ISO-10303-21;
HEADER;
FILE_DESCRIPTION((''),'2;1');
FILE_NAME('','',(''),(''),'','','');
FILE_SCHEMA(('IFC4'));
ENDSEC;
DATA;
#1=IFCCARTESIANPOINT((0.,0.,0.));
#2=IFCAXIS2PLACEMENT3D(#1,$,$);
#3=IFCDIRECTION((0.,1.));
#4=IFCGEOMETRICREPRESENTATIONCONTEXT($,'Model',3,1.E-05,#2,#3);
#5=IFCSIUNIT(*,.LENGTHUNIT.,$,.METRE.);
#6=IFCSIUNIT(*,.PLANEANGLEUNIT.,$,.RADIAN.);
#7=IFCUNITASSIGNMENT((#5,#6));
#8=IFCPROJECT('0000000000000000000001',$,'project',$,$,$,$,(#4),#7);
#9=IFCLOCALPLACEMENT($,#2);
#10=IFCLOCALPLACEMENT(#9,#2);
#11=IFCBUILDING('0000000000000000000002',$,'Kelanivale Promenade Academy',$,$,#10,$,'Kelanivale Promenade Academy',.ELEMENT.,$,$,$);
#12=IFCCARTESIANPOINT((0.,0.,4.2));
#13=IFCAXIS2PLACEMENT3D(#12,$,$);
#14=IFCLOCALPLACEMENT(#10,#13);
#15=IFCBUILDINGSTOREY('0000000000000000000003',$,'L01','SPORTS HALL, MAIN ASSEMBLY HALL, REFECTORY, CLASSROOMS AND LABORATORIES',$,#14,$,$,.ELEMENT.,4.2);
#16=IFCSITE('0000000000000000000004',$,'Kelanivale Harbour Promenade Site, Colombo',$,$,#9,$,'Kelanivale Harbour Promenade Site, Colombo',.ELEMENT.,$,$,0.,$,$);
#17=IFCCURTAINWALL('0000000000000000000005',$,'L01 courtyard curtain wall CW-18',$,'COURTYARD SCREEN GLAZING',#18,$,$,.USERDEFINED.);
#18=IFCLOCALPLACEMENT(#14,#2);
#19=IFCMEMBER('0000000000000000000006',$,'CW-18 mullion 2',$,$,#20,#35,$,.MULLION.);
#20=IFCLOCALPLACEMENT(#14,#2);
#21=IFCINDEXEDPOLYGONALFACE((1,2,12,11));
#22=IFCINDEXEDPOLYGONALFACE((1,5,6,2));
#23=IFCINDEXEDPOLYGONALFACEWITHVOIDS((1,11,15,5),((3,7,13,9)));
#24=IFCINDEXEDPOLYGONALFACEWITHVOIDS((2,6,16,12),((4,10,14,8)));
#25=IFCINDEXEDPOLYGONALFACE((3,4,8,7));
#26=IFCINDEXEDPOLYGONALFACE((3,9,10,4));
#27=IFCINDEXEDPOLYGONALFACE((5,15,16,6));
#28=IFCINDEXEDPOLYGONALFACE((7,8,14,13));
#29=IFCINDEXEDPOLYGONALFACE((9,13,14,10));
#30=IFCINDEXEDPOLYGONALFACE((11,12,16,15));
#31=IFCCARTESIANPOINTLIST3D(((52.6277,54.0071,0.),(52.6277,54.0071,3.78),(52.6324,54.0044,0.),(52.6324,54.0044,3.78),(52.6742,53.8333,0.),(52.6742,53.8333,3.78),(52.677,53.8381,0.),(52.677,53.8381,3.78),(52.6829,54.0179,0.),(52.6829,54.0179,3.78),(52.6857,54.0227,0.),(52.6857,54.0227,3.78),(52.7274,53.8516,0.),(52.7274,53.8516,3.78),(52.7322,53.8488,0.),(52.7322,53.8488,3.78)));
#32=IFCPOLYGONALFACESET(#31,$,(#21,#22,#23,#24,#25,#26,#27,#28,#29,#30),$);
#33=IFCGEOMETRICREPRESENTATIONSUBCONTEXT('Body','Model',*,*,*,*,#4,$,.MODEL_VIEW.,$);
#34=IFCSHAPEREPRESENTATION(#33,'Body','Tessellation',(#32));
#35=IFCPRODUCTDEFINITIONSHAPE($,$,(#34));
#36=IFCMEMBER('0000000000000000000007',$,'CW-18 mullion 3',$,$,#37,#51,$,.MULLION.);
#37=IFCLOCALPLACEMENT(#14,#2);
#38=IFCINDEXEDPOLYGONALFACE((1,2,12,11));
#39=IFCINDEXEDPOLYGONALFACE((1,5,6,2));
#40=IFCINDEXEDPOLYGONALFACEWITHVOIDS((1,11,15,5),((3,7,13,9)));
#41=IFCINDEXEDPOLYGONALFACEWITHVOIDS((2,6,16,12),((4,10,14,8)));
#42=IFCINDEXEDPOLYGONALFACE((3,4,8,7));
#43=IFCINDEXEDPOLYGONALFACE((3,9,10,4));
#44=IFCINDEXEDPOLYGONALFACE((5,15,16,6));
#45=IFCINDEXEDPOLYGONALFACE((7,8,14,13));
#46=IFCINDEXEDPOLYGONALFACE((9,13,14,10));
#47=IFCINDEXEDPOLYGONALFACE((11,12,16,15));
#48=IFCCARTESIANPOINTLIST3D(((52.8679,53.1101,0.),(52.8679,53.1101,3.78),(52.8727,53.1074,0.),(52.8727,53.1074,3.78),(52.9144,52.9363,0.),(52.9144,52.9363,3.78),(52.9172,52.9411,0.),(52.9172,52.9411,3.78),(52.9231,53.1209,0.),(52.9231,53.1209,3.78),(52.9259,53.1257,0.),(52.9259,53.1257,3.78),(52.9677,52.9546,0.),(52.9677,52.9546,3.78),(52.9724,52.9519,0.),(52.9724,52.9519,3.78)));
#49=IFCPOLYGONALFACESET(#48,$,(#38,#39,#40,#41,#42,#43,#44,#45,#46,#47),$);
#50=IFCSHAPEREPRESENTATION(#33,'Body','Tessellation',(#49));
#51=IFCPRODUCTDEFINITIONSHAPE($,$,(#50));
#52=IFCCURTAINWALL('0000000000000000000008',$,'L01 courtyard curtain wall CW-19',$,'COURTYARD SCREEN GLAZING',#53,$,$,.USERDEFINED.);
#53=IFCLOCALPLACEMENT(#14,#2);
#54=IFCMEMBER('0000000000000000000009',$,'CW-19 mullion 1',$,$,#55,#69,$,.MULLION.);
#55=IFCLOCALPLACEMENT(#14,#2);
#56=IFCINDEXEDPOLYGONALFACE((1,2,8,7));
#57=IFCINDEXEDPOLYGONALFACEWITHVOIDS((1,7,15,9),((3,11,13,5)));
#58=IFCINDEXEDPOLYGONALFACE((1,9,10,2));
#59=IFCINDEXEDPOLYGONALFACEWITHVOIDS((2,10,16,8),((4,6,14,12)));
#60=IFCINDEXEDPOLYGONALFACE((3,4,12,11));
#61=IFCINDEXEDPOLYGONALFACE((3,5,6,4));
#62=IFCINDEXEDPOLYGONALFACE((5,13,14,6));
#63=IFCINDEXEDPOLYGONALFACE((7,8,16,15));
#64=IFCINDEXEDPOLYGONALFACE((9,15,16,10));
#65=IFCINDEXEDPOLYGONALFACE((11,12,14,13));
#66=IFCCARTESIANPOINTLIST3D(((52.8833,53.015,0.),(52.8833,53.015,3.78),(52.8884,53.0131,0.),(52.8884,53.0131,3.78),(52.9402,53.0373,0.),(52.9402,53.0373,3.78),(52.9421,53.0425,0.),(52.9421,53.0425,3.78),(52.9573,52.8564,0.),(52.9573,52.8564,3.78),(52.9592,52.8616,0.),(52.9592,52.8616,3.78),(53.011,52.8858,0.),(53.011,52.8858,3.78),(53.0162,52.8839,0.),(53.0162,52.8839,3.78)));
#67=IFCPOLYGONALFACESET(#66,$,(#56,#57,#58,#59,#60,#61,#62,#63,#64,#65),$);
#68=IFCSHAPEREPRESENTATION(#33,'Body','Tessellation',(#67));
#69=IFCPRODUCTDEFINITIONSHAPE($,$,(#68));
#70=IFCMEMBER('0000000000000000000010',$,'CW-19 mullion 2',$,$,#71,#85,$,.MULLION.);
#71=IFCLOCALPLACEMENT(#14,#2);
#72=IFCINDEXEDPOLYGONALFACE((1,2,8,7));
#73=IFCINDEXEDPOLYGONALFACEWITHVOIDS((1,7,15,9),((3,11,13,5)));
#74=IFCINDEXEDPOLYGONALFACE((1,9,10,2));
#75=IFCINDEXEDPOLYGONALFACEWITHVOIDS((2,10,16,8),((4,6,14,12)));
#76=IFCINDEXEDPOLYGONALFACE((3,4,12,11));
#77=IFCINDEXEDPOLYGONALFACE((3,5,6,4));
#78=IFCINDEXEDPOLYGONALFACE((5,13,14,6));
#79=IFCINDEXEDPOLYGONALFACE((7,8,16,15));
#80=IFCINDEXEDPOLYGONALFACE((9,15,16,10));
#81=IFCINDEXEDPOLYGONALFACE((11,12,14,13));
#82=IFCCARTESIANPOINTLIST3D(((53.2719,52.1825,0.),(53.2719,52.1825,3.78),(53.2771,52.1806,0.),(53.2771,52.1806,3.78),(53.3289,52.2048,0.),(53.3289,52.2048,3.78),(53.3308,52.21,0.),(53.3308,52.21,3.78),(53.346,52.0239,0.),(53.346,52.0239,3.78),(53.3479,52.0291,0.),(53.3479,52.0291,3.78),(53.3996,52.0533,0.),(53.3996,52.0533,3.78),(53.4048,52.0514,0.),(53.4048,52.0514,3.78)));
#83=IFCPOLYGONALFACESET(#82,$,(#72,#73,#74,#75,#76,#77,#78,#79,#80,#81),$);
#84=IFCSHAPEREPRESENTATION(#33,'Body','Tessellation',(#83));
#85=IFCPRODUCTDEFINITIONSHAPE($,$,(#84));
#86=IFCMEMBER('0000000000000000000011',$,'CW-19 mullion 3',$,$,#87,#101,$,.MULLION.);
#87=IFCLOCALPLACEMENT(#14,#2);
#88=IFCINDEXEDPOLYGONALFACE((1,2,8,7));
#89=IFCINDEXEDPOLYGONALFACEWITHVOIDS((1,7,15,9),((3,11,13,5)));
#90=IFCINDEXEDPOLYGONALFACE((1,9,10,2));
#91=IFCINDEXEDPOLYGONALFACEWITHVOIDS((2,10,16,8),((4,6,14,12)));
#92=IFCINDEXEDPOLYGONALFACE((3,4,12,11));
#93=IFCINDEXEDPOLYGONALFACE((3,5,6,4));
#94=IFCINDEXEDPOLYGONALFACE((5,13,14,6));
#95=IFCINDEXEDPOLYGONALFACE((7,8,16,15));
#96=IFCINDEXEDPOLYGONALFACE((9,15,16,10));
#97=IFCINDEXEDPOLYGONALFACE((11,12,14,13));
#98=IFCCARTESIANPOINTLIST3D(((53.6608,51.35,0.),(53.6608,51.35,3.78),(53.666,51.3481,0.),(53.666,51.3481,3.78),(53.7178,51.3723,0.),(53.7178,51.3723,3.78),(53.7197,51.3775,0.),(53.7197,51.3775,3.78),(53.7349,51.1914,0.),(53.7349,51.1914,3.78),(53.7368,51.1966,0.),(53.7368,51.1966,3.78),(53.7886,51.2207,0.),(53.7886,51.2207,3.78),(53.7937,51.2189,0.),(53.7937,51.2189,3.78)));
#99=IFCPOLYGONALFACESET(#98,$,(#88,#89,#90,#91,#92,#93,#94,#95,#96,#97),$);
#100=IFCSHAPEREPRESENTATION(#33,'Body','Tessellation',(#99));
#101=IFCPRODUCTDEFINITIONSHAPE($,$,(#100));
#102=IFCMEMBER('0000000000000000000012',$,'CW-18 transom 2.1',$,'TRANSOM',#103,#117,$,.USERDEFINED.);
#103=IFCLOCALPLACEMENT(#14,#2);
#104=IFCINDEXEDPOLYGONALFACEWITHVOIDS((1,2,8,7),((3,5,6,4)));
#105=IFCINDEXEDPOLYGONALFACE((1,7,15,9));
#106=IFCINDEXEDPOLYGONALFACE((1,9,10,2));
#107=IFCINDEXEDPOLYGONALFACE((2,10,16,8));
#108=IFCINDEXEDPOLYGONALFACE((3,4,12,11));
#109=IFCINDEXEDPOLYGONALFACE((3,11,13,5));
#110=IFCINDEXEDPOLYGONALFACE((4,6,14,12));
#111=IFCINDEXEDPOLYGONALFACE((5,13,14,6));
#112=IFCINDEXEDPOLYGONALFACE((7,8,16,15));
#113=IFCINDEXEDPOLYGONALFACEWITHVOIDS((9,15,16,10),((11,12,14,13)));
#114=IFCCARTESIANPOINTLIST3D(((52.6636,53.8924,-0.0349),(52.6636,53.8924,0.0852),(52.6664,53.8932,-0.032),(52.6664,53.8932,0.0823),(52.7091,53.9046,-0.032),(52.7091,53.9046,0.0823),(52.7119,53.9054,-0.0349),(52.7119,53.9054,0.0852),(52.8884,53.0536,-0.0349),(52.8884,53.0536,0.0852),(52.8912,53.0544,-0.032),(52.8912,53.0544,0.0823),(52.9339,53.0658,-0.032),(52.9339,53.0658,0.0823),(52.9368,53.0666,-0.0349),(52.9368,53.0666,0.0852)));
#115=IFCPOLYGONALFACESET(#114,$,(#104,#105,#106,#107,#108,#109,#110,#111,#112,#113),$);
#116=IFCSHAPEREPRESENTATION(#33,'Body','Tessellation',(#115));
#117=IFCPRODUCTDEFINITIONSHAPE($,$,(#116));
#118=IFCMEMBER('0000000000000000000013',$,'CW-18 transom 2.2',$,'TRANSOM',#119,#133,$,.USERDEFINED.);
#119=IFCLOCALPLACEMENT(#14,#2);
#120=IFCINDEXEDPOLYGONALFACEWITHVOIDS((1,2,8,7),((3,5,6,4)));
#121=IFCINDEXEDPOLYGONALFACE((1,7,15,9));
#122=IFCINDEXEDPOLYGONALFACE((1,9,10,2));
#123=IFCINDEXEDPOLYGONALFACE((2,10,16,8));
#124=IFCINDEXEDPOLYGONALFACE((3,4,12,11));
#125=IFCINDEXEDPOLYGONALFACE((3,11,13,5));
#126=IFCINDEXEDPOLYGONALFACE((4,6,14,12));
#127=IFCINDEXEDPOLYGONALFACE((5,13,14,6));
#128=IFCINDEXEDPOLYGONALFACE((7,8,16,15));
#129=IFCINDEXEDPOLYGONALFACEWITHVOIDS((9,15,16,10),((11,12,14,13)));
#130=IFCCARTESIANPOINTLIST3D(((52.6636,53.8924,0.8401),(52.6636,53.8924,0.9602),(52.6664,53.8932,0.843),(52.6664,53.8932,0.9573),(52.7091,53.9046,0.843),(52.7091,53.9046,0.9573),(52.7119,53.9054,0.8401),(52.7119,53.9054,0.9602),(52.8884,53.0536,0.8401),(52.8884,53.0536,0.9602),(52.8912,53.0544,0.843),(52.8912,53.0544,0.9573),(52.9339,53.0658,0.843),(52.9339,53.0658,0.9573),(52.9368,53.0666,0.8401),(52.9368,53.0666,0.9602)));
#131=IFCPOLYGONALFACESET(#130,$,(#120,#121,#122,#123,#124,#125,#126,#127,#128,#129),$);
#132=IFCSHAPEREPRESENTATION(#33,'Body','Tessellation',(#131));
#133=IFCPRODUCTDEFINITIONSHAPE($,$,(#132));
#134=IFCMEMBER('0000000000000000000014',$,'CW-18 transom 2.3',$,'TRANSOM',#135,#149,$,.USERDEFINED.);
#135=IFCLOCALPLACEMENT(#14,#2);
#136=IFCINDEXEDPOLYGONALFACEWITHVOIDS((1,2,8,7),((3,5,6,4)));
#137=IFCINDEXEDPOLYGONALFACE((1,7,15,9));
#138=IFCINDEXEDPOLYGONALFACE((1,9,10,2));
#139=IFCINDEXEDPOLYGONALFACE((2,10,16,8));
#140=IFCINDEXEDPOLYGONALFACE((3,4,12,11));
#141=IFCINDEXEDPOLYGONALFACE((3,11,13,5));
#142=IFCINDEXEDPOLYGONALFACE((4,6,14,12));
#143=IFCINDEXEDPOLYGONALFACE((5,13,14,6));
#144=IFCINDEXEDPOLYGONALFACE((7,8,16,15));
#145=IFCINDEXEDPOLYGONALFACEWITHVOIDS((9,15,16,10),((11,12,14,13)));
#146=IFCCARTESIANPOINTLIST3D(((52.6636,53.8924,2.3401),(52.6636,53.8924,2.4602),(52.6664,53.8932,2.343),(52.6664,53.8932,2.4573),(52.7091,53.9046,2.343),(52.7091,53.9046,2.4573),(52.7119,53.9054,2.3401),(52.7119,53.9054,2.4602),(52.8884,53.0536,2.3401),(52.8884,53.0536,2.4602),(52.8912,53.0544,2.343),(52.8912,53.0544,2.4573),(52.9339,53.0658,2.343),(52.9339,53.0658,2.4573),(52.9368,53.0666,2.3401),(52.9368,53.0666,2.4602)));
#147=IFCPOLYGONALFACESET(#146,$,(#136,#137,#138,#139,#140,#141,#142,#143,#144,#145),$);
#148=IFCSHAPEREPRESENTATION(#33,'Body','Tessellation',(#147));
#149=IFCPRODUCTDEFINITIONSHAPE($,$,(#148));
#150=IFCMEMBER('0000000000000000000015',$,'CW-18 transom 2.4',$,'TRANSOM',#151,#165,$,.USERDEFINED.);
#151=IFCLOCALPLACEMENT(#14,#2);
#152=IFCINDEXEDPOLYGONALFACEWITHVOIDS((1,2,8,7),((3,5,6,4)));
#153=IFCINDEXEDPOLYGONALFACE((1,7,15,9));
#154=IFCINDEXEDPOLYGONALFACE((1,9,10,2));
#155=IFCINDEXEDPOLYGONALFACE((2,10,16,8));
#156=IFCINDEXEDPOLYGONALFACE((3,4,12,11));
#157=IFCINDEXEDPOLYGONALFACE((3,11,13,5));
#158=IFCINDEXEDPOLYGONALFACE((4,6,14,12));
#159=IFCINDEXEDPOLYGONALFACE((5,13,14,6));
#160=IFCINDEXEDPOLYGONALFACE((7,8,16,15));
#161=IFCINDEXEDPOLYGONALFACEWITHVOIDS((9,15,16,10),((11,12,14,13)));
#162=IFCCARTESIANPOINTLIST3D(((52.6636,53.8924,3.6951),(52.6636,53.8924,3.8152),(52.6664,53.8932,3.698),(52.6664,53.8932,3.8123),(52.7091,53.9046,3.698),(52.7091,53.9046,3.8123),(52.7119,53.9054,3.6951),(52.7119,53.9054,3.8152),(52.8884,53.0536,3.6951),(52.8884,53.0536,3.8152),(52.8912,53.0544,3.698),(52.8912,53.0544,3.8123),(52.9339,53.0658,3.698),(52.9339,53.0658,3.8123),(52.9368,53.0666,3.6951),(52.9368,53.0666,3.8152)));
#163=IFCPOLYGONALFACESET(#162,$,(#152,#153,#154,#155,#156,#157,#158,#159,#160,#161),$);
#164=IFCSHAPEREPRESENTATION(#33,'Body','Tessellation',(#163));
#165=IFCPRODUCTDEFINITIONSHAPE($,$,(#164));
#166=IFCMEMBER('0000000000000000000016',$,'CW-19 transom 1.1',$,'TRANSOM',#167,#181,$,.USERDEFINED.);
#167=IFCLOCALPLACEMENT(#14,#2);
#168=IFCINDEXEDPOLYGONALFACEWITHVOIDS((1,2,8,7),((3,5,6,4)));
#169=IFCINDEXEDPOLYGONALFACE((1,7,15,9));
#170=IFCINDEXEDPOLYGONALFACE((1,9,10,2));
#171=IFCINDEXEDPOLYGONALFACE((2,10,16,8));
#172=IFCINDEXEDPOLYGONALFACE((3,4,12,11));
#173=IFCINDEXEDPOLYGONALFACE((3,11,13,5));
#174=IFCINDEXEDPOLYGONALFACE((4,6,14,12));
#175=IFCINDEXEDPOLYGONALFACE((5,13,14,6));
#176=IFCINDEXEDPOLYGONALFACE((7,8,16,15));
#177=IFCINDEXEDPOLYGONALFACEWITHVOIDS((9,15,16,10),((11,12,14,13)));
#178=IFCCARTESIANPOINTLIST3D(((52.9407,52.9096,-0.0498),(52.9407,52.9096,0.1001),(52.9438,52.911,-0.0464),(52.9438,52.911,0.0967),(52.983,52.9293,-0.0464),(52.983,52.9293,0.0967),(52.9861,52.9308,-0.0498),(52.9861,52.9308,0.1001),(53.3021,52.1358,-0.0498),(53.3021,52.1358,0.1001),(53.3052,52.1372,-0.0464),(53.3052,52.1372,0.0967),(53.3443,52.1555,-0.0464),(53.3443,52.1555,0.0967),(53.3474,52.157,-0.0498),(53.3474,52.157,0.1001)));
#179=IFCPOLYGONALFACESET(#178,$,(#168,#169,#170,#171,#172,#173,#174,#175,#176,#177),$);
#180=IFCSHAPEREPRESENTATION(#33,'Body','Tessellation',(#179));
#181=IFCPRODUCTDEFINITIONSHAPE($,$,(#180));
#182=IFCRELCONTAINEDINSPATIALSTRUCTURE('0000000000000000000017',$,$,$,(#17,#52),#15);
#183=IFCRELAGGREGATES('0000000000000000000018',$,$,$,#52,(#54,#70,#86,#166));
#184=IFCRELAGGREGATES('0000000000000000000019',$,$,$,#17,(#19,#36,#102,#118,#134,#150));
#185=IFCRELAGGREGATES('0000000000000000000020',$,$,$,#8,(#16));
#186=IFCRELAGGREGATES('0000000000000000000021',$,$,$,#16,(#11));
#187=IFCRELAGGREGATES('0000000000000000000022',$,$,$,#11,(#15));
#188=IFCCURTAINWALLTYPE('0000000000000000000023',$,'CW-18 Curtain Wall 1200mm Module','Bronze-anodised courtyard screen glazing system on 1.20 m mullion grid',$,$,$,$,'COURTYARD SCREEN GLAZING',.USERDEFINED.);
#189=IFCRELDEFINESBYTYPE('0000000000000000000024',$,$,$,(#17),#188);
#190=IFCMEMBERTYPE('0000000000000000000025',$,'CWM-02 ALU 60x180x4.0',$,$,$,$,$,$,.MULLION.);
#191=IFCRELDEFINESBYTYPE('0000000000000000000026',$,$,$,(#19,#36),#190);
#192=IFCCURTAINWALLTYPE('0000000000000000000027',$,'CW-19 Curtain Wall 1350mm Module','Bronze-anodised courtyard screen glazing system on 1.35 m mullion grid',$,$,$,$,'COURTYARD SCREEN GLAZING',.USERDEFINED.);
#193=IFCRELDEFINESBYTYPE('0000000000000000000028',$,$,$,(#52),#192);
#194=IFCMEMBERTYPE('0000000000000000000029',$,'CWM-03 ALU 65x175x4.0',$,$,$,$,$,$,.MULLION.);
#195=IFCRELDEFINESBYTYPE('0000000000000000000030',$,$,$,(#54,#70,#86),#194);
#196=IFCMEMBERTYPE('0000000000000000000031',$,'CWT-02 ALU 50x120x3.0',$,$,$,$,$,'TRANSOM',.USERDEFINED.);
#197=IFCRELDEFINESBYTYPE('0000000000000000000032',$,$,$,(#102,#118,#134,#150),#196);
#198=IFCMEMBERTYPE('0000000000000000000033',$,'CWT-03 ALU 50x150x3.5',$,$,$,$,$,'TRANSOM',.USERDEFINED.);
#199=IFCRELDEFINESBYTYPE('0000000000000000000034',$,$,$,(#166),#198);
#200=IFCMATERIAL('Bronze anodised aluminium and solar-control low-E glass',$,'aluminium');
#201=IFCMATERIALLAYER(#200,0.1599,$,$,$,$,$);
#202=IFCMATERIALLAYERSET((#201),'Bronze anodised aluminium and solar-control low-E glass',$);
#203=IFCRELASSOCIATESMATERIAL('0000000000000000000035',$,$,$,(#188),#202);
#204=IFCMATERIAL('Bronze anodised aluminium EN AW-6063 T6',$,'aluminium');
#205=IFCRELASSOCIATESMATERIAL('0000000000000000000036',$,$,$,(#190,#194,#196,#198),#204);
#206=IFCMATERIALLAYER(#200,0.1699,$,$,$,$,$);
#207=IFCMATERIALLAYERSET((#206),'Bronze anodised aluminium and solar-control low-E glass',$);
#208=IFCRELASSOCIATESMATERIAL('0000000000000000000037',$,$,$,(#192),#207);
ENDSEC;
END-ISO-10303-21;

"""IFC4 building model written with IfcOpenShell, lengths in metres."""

from ifc_helpers import new_model, si_unit, direction, frame, origin, origin_2d, place, context, subcontext, project, spatial, hollow_rectangle, extrude, material, layer, layer_set, material_profile, profile_set, type_object, element, aggregate, save


model = new_model("IFC4")

# Units and contexts
model_context = context("Model", 3, precision=1e-05, world=origin(), true_north=direction((0.0, 1.0)))
body_context = subcontext(model_context, "Body", "Model", "MODEL_VIEW")
ifc_project = project(units=[si_unit("LENGTHUNIT", "METRE"), si_unit("PLANEANGLEUNIT", "RADIAN")], contexts=[model_context])

# Site, building, storey
site_placement = place(None, origin())
site = spatial("IfcSite", under=ifc_project, at=site_placement, Name="Kelanivale Harbour Promenade Site, Colombo", LongName="Kelanivale Harbour Promenade Site, Colombo", CompositionType="ELEMENT", RefElevation=0.0)
building_placement = place(site_placement, origin())
building = spatial("IfcBuilding", under=site, at=building_placement, Name="Kelanivale Promenade Academy", LongName="Kelanivale Promenade Academy", CompositionType="ELEMENT")
storey_placement = place(building_placement, frame((0.0, 0.0, 4.2)))
storey = spatial("IfcBuildingStorey", under=building, at=storey_placement, Name="L01", Description="SPORTS HALL, MAIN ASSEMBLY HALL, REFECTORY, CLASSROOMS AND LABORATORIES", CompositionType="ELEMENT", Elevation=4.2)

# Curtain walls, members
ifc_material_1 = material(Name="Bronze anodised aluminium and solar-control low-E glass", Category="aluminium")
ifc_layer_1 = layer(ifc_material_1, 0.1599)
ifc_layer_set_1 = layer_set([ifc_layer_1], Name="Bronze anodised aluminium and solar-control low-E glass")
curtain_wall_type_1 = type_object("IfcCurtainWallType", Name="CW-18 Curtain Wall 1200mm Module", Description="Bronze-anodised courtyard screen glazing system on 1.20 m mullion grid", ElementType="COURTYARD SCREEN GLAZING", PredefinedType="USERDEFINED", material=ifc_layer_set_1)
curtain_wall_1_placement = place(storey_placement, origin())
curtain_wall_1 = element("IfcCurtainWall", 1, at=curtain_wall_1_placement, inside=storey, type_object=curtain_wall_type_1, Name="L01 courtyard curtain wall CW-18", ObjectType="COURTYARD SCREEN GLAZING", PredefinedType="USERDEFINED")
ifc_material_2 = material(Name="Bronze anodised aluminium EN AW-6063 T6", Category="aluminium")
ifc_material_profile_1 = material_profile(ifc_material_2, hollow_rectangle(XDim=0.0601, YDim=0.1799, WallThickness=0.0039, at=origin_2d()), Name="ALU 60x180x4.0")
ifc_profile_set_1 = profile_set([ifc_material_profile_1], Name="Bronze anodised aluminium EN AW-6063 T6")
member_type_1 = type_object("IfcMemberType", Name="CWM-02 ALU 60x180x4.0", PredefinedType="MULLION", material=ifc_profile_set_1)
member_1_placement = place(storey_placement, frame((52.6799, 53.928, 0.0), z_axis=(0.0, 0.0, 1.0), x_axis=(0.965957, 0.258701, 0.0)))
member_1 = element("IfcMember", 2, at=member_1_placement, type_object=member_type_1, Name="CW-18 mullion 2", PredefinedType="MULLION", context=body_context, shape_type="SweptSolid", body=[
    extrude(hollow_rectangle(XDim=0.0601, YDim=0.1799, WallThickness=0.0039, at=origin_2d()), origin(), (0.0, 0.0, 1.0), 3.78),
])
member_2_placement = place(storey_placement, frame((52.9202, 53.031, 0.0), z_axis=(0.0, 0.0, 1.0), x_axis=(0.965957, 0.258701, 0.0)))
member_2 = element("IfcMember", 3, at=member_2_placement, type_object=member_type_1, Name="CW-18 mullion 3", PredefinedType="MULLION", context=body_context, shape_type="SweptSolid", body=[
    extrude(hollow_rectangle(XDim=0.0601, YDim=0.1799, WallThickness=0.0039, at=origin_2d()), origin(), (0.0, 0.0, 1.0), 3.78),
])
ifc_layer_2 = layer(ifc_material_1, 0.1699)
ifc_layer_set_2 = layer_set([ifc_layer_2], Name="Bronze anodised aluminium and solar-control low-E glass")
curtain_wall_type_2 = type_object("IfcCurtainWallType", Name="CW-19 Curtain Wall 1350mm Module", Description="Bronze-anodised courtyard screen glazing system on 1.35 m mullion grid", ElementType="COURTYARD SCREEN GLAZING", PredefinedType="USERDEFINED", material=ifc_layer_set_2)
curtain_wall_2_placement = place(storey_placement, origin())
curtain_wall_2 = element("IfcCurtainWall", 4, at=curtain_wall_2_placement, inside=storey, type_object=curtain_wall_type_2, Name="L01 courtyard curtain wall CW-19", ObjectType="COURTYARD SCREEN GLAZING", PredefinedType="USERDEFINED")
ifc_material_profile_2 = material_profile(ifc_material_2, hollow_rectangle(XDim=0.0649, YDim=0.175, WallThickness=0.0039, at=origin_2d()), Name="ALU 65x175x4.0")
ifc_profile_set_2 = profile_set([ifc_material_profile_2], Name="Bronze anodised aluminium EN AW-6063 T6")
member_type_2 = type_object("IfcMemberType", Name="CWM-03 ALU 65x175x4.0", PredefinedType="MULLION", material=ifc_profile_set_2)
member_3_placement = place(storey_placement, frame((52.9497, 52.9495, 0.0), z_axis=(0.0, 0.0, 1.0), x_axis=(0.906089, 0.423087, 0.0)))
member_3 = element("IfcMember", 5, at=member_3_placement, type_object=member_type_2, Name="CW-19 mullion 1", PredefinedType="MULLION", context=body_context, shape_type="SweptSolid", body=[
    extrude(hollow_rectangle(XDim=0.0649, YDim=0.175, WallThickness=0.0039, at=origin_2d()), origin(), (0.0, 0.0, 1.0), 3.78),
])
member_4_placement = place(storey_placement, frame((53.3384, 52.1169, 0.0), z_axis=(0.0, 0.0, 1.0), x_axis=(0.906089, 0.423087, 0.0)))
member_4 = element("IfcMember", 6, at=member_4_placement, type_object=member_type_2, Name="CW-19 mullion 2", PredefinedType="MULLION", context=body_context, shape_type="SweptSolid", body=[
    extrude(hollow_rectangle(XDim=0.0649, YDim=0.175, WallThickness=0.0039, at=origin_2d()), origin(), (0.0, 0.0, 1.0), 3.78),
])
member_5_placement = place(storey_placement, frame((53.7273, 51.2844, 0.0), z_axis=(0.0, 0.0, 1.0), x_axis=(0.906089, 0.423087, 0.0)))
member_5 = element("IfcMember", 7, at=member_5_placement, type_object=member_type_2, Name="CW-19 mullion 3", PredefinedType="MULLION", context=body_context, shape_type="SweptSolid", body=[
    extrude(hollow_rectangle(XDim=0.0649, YDim=0.175, WallThickness=0.0039, at=origin_2d()), origin(), (0.0, 0.0, 1.0), 3.78),
])

# Members
ifc_material_profile_3 = material_profile(ifc_material_2, hollow_rectangle(XDim=0.05, YDim=0.1201, WallThickness=0.0029, at=origin_2d()), Name="ALU 50x120x3.0")
ifc_profile_set_3 = profile_set([ifc_material_profile_3], Name="Bronze anodised aluminium EN AW-6063 T6")
member_type_3 = type_object("IfcMemberType", Name="CWT-02 ALU 50x120x3.0", ElementType="TRANSOM", PredefinedType="USERDEFINED", material=ifc_profile_set_3)
member_6_placement = place(storey_placement, frame((52.6877, 53.8989, 0.0251), z_axis=(0.258905, -0.965903, 0.0), x_axis=(0.965903, 0.258905, 0.0)))
member_6 = element("IfcMember", 8, at=member_6_placement, type_object=member_type_3, Name="CW-18 transom 2.1", ObjectType="TRANSOM", PredefinedType="USERDEFINED", context=body_context, shape_type="SweptSolid", body=[
    extrude(hollow_rectangle(XDim=0.05, YDim=0.1201, WallThickness=0.0029, at=origin_2d()), origin(), (0.0, 0.0, 1.0), 0.8684),
])
member_7_placement = place(storey_placement, frame((52.6877, 53.8989, 0.9001), z_axis=(0.258905, -0.965903, 0.0), x_axis=(0.965903, 0.258905, 0.0)))
member_7 = element("IfcMember", 9, at=member_7_placement, type_object=member_type_3, Name="CW-18 transom 2.2", ObjectType="TRANSOM", PredefinedType="USERDEFINED", context=body_context, shape_type="SweptSolid", body=[
    extrude(hollow_rectangle(XDim=0.05, YDim=0.1201, WallThickness=0.0029, at=origin_2d()), origin(), (0.0, 0.0, 1.0), 0.8684),
])
member_8_placement = place(storey_placement, frame((52.6877, 53.8989, 2.4001), z_axis=(0.258905, -0.965903, 0.0), x_axis=(0.965903, 0.258905, 0.0)))
member_8 = element("IfcMember", 10, at=member_8_placement, type_object=member_type_3, Name="CW-18 transom 2.3", ObjectType="TRANSOM", PredefinedType="USERDEFINED", context=body_context, shape_type="SweptSolid", body=[
    extrude(hollow_rectangle(XDim=0.05, YDim=0.1201, WallThickness=0.0029, at=origin_2d()), origin(), (0.0, 0.0, 1.0), 0.8684),
])
member_9_placement = place(storey_placement, frame((52.6877, 53.8989, 3.7551), z_axis=(0.258905, -0.965903, 0.0), x_axis=(0.965903, 0.258905, 0.0)))
member_9 = element("IfcMember", 11, at=member_9_placement, type_object=member_type_3, Name="CW-18 transom 2.4", ObjectType="TRANSOM", PredefinedType="USERDEFINED", context=body_context, shape_type="SweptSolid", body=[
    extrude(hollow_rectangle(XDim=0.05, YDim=0.1201, WallThickness=0.0029, at=origin_2d()), origin(), (0.0, 0.0, 1.0), 0.8684),
])
ifc_material_profile_4 = material_profile(ifc_material_2, hollow_rectangle(XDim=0.05, YDim=0.1499, WallThickness=0.0034, at=origin_2d()), Name="ALU 50x150x3.5")
ifc_profile_set_4 = profile_set([ifc_material_profile_4], Name="Bronze anodised aluminium EN AW-6063 T6")
member_type_4 = type_object("IfcMemberType", Name="CWT-03 ALU 50x150x3.5", ElementType="TRANSOM", PredefinedType="USERDEFINED", material=ifc_profile_set_4)
member_10_placement = place(storey_placement, frame((52.9634, 52.9202, 0.0251), z_axis=(0.423152, -0.906059, 0.0), x_axis=(0.906059, 0.423152, 0.0)))
member_10 = element("IfcMember", 12, at=member_10_placement, type_object=member_type_4, Name="CW-19 transom 1.1", ObjectType="TRANSOM", PredefinedType="USERDEFINED", context=body_context, shape_type="SweptSolid", body=[
    extrude(hollow_rectangle(XDim=0.05, YDim=0.1499, WallThickness=0.0034, at=origin_2d()), origin(), (0.0, 0.0, 1.0), 0.854),
])

aggregate(curtain_wall_2, [member_3, member_4, member_5, member_10])
aggregate(curtain_wall_1, [member_1, member_2, member_6, member_7, member_8, member_9])

save(model, "model.ifc")
